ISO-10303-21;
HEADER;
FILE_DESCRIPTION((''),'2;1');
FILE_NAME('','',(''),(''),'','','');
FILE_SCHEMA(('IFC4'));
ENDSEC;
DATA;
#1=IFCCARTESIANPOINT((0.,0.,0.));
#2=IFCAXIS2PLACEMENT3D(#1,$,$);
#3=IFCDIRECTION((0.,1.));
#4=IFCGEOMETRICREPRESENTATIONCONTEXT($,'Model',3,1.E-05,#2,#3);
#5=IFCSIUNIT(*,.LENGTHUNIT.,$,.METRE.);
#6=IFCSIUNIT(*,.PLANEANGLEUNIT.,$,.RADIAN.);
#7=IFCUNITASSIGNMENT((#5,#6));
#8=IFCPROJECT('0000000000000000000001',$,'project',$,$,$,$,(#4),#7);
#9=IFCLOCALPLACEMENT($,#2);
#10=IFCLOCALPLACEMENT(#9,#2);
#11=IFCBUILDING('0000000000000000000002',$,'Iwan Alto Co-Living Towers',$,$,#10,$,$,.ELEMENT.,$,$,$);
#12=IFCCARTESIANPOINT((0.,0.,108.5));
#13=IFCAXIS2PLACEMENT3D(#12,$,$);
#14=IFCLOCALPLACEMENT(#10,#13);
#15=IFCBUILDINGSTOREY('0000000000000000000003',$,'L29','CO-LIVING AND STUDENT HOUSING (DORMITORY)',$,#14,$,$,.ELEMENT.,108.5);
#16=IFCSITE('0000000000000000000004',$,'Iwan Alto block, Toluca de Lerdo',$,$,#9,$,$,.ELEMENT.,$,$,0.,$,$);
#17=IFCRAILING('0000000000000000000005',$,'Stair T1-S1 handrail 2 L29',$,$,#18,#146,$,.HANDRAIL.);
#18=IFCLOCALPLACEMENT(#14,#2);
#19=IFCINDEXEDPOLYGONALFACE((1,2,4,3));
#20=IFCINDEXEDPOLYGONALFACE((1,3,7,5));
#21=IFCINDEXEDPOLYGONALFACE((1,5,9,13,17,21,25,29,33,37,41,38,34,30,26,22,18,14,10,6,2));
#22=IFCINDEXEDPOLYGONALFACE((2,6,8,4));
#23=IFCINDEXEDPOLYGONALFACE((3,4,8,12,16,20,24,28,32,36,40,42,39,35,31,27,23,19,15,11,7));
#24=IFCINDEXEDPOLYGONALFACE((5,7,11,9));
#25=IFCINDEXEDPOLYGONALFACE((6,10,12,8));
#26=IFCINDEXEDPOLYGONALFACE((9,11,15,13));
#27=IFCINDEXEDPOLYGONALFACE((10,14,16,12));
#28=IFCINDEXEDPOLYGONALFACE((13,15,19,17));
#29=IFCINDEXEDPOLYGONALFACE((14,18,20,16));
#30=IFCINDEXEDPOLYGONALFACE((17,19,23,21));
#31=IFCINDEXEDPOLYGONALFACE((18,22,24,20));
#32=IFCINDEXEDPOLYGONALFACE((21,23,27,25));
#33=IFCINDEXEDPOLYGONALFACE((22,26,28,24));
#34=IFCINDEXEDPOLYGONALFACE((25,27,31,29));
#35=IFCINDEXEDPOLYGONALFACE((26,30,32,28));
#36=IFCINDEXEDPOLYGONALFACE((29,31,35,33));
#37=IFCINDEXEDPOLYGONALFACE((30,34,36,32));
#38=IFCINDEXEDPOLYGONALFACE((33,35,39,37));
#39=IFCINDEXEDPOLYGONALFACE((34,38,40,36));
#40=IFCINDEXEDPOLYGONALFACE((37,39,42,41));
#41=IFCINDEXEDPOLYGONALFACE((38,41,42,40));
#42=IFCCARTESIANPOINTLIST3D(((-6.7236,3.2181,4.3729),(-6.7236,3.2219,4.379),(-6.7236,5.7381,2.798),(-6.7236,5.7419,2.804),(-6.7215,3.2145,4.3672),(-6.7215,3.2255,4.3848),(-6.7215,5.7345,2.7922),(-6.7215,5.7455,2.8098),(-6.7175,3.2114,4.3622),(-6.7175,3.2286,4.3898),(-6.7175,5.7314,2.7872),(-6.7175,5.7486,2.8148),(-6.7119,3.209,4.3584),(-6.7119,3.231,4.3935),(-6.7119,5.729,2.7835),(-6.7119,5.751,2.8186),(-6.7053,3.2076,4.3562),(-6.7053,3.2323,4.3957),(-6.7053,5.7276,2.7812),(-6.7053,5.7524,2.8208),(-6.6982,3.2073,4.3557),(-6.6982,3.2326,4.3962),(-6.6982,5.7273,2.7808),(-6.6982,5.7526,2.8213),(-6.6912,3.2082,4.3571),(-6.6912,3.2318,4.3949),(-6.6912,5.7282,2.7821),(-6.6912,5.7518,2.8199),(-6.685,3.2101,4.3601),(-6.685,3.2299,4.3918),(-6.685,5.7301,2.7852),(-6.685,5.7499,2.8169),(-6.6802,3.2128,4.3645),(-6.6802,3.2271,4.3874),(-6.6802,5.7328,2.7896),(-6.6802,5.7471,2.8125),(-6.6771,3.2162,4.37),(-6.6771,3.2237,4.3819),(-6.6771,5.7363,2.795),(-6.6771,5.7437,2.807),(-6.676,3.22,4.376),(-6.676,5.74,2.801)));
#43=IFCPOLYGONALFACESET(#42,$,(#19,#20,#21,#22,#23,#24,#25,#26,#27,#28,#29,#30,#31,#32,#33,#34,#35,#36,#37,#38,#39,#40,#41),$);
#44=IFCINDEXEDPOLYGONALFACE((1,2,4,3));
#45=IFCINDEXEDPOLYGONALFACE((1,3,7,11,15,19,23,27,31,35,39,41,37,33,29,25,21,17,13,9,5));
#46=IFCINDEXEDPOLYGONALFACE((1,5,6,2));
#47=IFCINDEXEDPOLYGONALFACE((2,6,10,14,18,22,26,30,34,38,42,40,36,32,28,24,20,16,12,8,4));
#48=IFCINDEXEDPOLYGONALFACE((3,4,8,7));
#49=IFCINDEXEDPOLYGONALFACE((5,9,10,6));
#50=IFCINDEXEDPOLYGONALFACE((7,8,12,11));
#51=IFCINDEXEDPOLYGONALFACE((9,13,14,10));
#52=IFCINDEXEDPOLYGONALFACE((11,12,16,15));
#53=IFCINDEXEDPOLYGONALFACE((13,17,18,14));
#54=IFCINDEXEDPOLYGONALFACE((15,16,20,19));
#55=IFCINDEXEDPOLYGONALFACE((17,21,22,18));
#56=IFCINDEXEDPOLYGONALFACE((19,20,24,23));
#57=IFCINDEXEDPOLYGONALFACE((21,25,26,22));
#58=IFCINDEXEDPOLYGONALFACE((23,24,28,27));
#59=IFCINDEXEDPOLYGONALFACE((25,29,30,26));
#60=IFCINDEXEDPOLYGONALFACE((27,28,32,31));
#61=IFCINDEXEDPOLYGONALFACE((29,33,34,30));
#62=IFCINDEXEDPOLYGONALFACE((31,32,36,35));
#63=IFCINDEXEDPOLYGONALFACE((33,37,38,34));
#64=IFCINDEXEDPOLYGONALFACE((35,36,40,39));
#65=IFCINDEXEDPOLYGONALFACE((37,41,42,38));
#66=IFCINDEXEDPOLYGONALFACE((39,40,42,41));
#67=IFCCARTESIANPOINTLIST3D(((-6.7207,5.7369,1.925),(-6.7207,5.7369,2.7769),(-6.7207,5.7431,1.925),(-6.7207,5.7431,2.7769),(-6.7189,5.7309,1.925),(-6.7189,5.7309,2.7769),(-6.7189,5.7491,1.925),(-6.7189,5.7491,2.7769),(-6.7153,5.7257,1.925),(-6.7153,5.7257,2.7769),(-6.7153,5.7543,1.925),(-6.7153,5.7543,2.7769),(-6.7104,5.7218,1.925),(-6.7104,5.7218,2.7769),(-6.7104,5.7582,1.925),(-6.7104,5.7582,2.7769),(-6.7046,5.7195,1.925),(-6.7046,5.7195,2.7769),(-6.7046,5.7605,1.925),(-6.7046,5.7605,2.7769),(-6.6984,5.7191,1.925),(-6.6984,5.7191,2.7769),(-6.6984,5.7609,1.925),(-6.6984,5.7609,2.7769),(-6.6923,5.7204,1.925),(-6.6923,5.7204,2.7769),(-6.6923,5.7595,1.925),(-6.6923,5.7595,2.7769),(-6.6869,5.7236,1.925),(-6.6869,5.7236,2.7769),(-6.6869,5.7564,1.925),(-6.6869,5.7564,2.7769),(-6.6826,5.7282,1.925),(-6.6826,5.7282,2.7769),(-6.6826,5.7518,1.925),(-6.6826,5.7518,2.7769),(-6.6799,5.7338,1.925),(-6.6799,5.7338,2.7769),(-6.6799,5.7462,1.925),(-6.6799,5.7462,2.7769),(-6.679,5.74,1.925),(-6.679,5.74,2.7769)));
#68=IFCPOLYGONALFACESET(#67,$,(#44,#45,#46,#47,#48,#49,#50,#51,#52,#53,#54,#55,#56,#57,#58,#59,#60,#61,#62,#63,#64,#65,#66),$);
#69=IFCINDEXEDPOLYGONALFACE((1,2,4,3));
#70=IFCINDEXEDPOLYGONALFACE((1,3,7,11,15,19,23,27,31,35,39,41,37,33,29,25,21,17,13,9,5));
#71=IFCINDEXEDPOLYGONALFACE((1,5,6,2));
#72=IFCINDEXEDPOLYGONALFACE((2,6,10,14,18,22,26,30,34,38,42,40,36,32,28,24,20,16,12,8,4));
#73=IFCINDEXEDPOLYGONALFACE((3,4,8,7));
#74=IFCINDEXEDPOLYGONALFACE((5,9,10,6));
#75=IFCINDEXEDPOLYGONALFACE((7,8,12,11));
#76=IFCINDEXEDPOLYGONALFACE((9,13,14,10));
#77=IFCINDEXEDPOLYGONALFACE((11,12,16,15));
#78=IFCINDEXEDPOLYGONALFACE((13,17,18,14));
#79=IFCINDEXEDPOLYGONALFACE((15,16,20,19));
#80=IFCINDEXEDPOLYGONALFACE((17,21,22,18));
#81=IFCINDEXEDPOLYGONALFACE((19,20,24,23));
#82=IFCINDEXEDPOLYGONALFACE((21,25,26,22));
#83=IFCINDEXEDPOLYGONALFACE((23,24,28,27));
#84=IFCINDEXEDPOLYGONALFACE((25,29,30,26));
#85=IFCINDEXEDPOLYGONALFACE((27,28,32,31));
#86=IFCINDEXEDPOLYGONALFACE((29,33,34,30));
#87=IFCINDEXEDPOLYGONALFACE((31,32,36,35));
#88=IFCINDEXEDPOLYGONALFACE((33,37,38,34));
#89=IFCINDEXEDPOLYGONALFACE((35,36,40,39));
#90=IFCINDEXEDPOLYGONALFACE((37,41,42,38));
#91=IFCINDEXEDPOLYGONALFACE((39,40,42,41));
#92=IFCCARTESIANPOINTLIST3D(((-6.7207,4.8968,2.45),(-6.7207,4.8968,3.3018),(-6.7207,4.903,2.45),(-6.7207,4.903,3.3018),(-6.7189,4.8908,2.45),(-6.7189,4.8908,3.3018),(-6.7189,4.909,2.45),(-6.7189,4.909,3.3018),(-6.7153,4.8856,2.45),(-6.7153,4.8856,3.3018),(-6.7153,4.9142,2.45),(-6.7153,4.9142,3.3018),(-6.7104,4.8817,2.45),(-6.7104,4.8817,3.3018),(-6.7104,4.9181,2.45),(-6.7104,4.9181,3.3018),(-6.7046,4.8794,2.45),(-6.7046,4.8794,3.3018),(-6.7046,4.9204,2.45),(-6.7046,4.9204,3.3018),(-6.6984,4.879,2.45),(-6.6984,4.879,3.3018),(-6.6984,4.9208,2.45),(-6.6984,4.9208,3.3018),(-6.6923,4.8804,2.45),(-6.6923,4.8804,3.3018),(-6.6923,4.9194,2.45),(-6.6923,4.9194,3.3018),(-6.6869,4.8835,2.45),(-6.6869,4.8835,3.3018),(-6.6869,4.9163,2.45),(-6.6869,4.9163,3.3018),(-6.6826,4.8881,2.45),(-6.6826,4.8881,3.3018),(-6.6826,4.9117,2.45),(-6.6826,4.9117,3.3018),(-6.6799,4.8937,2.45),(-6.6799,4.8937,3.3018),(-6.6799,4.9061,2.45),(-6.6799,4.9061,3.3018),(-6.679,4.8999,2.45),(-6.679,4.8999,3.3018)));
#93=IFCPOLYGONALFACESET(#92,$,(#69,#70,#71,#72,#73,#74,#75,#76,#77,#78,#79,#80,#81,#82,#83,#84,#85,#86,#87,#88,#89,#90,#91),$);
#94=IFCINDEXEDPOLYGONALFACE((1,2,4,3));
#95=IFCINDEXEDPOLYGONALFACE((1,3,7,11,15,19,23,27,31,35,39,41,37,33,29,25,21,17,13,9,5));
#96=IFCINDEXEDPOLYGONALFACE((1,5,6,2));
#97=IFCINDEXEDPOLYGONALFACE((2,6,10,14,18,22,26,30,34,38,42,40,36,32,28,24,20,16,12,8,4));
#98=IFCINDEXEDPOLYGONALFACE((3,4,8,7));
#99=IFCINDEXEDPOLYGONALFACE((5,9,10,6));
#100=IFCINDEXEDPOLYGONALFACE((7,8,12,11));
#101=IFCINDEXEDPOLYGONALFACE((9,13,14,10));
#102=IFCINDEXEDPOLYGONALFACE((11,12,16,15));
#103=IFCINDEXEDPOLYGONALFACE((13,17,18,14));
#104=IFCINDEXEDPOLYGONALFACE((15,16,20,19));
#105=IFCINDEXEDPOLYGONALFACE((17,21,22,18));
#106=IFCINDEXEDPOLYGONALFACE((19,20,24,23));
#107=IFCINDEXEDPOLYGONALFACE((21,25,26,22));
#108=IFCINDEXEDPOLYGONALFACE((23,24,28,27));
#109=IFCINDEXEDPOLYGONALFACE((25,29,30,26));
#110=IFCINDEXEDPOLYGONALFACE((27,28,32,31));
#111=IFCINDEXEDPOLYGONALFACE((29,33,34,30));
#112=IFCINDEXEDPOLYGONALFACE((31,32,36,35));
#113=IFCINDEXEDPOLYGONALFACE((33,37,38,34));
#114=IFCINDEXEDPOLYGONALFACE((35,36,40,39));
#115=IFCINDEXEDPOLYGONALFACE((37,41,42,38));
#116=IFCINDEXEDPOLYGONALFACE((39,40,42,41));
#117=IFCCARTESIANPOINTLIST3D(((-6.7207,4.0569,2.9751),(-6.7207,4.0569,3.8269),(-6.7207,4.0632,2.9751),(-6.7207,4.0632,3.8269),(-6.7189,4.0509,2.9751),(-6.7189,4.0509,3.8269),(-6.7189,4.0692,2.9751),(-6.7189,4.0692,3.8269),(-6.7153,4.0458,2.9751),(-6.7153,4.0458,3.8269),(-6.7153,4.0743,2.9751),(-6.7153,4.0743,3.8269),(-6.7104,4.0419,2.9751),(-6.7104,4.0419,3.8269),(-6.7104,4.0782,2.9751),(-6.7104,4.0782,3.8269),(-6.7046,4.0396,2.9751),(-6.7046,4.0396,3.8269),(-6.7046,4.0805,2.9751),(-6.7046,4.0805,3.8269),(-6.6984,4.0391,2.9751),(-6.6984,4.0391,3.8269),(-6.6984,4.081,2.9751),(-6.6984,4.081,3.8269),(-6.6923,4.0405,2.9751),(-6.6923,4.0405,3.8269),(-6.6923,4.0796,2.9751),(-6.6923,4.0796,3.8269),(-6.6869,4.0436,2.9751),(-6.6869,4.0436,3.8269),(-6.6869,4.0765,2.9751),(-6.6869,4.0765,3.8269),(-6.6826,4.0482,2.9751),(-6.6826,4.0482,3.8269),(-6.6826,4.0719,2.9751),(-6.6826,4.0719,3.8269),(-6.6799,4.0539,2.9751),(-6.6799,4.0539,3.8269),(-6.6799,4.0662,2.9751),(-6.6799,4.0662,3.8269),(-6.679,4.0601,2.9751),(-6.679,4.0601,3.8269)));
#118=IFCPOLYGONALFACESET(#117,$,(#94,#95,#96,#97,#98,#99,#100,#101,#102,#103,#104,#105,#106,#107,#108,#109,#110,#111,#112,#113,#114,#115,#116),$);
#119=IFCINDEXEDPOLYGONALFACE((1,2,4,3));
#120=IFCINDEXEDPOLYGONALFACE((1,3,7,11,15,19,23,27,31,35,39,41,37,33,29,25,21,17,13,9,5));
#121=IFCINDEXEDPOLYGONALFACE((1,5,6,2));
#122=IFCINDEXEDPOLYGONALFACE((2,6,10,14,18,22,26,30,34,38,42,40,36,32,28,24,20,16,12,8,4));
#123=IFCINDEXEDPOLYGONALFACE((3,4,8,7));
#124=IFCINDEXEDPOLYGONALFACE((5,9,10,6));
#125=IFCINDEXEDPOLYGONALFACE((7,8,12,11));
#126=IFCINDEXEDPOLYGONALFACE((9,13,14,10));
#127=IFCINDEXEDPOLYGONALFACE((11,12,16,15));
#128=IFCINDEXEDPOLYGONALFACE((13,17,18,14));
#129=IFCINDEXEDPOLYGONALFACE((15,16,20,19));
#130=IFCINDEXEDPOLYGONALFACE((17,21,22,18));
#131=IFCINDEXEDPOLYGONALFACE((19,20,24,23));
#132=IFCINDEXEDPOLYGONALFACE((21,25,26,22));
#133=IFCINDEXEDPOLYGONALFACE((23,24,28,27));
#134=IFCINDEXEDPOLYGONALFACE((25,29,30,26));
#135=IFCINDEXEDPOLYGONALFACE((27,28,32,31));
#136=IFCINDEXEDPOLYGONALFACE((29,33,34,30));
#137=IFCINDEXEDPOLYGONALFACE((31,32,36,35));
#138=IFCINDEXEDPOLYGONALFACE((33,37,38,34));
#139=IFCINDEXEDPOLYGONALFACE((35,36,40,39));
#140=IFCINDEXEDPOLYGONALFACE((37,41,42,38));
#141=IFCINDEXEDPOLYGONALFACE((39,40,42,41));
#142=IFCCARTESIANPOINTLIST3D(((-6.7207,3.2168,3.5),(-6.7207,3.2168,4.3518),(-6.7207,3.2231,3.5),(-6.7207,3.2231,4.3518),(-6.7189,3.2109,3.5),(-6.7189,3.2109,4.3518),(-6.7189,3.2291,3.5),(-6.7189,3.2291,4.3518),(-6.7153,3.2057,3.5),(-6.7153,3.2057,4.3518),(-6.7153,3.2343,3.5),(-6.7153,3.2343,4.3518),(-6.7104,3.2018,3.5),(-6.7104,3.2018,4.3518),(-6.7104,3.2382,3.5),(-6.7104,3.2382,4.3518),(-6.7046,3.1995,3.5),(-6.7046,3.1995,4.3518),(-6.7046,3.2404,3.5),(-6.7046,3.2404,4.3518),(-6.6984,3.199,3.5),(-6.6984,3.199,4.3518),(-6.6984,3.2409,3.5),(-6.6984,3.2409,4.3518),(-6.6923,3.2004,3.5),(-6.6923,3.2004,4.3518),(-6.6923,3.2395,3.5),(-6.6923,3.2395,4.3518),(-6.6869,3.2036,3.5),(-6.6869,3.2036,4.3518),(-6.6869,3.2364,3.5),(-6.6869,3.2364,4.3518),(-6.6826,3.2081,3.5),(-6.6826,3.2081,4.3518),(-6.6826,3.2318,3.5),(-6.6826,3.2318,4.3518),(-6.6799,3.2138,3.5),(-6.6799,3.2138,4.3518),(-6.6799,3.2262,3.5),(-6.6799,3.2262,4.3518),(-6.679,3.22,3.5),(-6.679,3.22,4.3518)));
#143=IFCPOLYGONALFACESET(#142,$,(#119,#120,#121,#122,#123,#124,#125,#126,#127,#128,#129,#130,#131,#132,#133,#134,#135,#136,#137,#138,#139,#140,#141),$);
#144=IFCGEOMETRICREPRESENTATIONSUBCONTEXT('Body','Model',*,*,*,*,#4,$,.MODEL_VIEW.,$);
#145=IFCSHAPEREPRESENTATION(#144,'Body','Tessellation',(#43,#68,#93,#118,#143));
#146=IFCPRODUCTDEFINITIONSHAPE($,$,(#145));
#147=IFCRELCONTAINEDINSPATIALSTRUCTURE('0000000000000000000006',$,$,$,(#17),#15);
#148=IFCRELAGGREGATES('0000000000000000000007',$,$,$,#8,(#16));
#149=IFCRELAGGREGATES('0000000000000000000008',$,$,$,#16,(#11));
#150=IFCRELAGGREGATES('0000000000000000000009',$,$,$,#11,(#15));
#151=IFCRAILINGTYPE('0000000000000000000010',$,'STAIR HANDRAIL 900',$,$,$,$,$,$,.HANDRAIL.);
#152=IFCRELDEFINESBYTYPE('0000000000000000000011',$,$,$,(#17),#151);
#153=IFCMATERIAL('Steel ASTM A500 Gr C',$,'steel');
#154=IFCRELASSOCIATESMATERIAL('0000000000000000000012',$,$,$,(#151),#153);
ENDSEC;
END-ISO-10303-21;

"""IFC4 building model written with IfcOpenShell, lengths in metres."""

from ifc_helpers import new_model, si_unit, direction, frame, origin, origin_2d, place, context, subcontext, project, spatial, circle, extrude, material, type_object, element, save


model = new_model("IFC4")

# Units and contexts
model_context = context("Model", 3, precision=1e-05, world=origin(), true_north=direction((0.0, 1.0)))
body_context = subcontext(model_context, "Body", "Model", "MODEL_VIEW")
ifc_project = project(units=[si_unit("LENGTHUNIT", "METRE"), si_unit("PLANEANGLEUNIT", "RADIAN")], contexts=[model_context])

# Site, building, storey
site_placement = place(None, origin())
site = spatial("IfcSite", under=ifc_project, at=site_placement, Name="Iwan Alto block, Toluca de Lerdo", CompositionType="ELEMENT", RefElevation=0.0)
building_placement = place(site_placement, origin())
building = spatial("IfcBuilding", under=site, at=building_placement, Name="Iwan Alto Co-Living Towers", CompositionType="ELEMENT")
storey_placement = place(building_placement, frame((0.0, 0.0, 108.5)))
storey = spatial("IfcBuildingStorey", under=building, at=storey_placement, Name="L29", Description="CO-LIVING AND STUDENT HOUSING (DORMITORY)", CompositionType="ELEMENT", Elevation=108.5)

# Railing
ifc_material_1 = material(Name="Steel ASTM A500 Gr C", Category="steel")
railing_type_1 = type_object("IfcRailingType", Name="STAIR HANDRAIL 900", PredefinedType="HANDRAIL", material=ifc_material_1)
railing_1_placement = place(storey_placement, frame((-6.7, 5.74, 1.925)))
element("IfcRailing", 1, at=railing_1_placement, inside=storey, type_object=railing_type_1, Name="Stair T1-S1 handrail 2 L29", PredefinedType="HANDRAIL", context=body_context, shape_type="SweptSolid", body=[
    extrude(circle(Radius=0.0239, at=origin_2d()), frame((0.0, 0.0, 0.876), z_axis=(0.0, -0.848008, 0.529984), x_axis=(1.0, 0.0, 0.0)), (0.0, 0.0, 1.0), 2.9717),
    extrude(circle(Radius=0.021, at=origin_2d()), origin(), (0.0, 0.0, 1.0), 0.8518),
    extrude(circle(Radius=0.021, at=origin_2d()), frame((0.0, -0.8401, 0.5249)), (0.0, 0.0, 1.0), 0.8518),
    extrude(circle(Radius=0.021, at=origin_2d()), frame((0.0, -1.6799, 1.05)), (0.0, 0.0, 1.0), 0.8518),
    extrude(circle(Radius=0.021, at=origin_2d()), frame((0.0, -2.52, 1.575)), (0.0, 0.0, 1.0), 0.8518),
])

save(model, "model.ifc")
